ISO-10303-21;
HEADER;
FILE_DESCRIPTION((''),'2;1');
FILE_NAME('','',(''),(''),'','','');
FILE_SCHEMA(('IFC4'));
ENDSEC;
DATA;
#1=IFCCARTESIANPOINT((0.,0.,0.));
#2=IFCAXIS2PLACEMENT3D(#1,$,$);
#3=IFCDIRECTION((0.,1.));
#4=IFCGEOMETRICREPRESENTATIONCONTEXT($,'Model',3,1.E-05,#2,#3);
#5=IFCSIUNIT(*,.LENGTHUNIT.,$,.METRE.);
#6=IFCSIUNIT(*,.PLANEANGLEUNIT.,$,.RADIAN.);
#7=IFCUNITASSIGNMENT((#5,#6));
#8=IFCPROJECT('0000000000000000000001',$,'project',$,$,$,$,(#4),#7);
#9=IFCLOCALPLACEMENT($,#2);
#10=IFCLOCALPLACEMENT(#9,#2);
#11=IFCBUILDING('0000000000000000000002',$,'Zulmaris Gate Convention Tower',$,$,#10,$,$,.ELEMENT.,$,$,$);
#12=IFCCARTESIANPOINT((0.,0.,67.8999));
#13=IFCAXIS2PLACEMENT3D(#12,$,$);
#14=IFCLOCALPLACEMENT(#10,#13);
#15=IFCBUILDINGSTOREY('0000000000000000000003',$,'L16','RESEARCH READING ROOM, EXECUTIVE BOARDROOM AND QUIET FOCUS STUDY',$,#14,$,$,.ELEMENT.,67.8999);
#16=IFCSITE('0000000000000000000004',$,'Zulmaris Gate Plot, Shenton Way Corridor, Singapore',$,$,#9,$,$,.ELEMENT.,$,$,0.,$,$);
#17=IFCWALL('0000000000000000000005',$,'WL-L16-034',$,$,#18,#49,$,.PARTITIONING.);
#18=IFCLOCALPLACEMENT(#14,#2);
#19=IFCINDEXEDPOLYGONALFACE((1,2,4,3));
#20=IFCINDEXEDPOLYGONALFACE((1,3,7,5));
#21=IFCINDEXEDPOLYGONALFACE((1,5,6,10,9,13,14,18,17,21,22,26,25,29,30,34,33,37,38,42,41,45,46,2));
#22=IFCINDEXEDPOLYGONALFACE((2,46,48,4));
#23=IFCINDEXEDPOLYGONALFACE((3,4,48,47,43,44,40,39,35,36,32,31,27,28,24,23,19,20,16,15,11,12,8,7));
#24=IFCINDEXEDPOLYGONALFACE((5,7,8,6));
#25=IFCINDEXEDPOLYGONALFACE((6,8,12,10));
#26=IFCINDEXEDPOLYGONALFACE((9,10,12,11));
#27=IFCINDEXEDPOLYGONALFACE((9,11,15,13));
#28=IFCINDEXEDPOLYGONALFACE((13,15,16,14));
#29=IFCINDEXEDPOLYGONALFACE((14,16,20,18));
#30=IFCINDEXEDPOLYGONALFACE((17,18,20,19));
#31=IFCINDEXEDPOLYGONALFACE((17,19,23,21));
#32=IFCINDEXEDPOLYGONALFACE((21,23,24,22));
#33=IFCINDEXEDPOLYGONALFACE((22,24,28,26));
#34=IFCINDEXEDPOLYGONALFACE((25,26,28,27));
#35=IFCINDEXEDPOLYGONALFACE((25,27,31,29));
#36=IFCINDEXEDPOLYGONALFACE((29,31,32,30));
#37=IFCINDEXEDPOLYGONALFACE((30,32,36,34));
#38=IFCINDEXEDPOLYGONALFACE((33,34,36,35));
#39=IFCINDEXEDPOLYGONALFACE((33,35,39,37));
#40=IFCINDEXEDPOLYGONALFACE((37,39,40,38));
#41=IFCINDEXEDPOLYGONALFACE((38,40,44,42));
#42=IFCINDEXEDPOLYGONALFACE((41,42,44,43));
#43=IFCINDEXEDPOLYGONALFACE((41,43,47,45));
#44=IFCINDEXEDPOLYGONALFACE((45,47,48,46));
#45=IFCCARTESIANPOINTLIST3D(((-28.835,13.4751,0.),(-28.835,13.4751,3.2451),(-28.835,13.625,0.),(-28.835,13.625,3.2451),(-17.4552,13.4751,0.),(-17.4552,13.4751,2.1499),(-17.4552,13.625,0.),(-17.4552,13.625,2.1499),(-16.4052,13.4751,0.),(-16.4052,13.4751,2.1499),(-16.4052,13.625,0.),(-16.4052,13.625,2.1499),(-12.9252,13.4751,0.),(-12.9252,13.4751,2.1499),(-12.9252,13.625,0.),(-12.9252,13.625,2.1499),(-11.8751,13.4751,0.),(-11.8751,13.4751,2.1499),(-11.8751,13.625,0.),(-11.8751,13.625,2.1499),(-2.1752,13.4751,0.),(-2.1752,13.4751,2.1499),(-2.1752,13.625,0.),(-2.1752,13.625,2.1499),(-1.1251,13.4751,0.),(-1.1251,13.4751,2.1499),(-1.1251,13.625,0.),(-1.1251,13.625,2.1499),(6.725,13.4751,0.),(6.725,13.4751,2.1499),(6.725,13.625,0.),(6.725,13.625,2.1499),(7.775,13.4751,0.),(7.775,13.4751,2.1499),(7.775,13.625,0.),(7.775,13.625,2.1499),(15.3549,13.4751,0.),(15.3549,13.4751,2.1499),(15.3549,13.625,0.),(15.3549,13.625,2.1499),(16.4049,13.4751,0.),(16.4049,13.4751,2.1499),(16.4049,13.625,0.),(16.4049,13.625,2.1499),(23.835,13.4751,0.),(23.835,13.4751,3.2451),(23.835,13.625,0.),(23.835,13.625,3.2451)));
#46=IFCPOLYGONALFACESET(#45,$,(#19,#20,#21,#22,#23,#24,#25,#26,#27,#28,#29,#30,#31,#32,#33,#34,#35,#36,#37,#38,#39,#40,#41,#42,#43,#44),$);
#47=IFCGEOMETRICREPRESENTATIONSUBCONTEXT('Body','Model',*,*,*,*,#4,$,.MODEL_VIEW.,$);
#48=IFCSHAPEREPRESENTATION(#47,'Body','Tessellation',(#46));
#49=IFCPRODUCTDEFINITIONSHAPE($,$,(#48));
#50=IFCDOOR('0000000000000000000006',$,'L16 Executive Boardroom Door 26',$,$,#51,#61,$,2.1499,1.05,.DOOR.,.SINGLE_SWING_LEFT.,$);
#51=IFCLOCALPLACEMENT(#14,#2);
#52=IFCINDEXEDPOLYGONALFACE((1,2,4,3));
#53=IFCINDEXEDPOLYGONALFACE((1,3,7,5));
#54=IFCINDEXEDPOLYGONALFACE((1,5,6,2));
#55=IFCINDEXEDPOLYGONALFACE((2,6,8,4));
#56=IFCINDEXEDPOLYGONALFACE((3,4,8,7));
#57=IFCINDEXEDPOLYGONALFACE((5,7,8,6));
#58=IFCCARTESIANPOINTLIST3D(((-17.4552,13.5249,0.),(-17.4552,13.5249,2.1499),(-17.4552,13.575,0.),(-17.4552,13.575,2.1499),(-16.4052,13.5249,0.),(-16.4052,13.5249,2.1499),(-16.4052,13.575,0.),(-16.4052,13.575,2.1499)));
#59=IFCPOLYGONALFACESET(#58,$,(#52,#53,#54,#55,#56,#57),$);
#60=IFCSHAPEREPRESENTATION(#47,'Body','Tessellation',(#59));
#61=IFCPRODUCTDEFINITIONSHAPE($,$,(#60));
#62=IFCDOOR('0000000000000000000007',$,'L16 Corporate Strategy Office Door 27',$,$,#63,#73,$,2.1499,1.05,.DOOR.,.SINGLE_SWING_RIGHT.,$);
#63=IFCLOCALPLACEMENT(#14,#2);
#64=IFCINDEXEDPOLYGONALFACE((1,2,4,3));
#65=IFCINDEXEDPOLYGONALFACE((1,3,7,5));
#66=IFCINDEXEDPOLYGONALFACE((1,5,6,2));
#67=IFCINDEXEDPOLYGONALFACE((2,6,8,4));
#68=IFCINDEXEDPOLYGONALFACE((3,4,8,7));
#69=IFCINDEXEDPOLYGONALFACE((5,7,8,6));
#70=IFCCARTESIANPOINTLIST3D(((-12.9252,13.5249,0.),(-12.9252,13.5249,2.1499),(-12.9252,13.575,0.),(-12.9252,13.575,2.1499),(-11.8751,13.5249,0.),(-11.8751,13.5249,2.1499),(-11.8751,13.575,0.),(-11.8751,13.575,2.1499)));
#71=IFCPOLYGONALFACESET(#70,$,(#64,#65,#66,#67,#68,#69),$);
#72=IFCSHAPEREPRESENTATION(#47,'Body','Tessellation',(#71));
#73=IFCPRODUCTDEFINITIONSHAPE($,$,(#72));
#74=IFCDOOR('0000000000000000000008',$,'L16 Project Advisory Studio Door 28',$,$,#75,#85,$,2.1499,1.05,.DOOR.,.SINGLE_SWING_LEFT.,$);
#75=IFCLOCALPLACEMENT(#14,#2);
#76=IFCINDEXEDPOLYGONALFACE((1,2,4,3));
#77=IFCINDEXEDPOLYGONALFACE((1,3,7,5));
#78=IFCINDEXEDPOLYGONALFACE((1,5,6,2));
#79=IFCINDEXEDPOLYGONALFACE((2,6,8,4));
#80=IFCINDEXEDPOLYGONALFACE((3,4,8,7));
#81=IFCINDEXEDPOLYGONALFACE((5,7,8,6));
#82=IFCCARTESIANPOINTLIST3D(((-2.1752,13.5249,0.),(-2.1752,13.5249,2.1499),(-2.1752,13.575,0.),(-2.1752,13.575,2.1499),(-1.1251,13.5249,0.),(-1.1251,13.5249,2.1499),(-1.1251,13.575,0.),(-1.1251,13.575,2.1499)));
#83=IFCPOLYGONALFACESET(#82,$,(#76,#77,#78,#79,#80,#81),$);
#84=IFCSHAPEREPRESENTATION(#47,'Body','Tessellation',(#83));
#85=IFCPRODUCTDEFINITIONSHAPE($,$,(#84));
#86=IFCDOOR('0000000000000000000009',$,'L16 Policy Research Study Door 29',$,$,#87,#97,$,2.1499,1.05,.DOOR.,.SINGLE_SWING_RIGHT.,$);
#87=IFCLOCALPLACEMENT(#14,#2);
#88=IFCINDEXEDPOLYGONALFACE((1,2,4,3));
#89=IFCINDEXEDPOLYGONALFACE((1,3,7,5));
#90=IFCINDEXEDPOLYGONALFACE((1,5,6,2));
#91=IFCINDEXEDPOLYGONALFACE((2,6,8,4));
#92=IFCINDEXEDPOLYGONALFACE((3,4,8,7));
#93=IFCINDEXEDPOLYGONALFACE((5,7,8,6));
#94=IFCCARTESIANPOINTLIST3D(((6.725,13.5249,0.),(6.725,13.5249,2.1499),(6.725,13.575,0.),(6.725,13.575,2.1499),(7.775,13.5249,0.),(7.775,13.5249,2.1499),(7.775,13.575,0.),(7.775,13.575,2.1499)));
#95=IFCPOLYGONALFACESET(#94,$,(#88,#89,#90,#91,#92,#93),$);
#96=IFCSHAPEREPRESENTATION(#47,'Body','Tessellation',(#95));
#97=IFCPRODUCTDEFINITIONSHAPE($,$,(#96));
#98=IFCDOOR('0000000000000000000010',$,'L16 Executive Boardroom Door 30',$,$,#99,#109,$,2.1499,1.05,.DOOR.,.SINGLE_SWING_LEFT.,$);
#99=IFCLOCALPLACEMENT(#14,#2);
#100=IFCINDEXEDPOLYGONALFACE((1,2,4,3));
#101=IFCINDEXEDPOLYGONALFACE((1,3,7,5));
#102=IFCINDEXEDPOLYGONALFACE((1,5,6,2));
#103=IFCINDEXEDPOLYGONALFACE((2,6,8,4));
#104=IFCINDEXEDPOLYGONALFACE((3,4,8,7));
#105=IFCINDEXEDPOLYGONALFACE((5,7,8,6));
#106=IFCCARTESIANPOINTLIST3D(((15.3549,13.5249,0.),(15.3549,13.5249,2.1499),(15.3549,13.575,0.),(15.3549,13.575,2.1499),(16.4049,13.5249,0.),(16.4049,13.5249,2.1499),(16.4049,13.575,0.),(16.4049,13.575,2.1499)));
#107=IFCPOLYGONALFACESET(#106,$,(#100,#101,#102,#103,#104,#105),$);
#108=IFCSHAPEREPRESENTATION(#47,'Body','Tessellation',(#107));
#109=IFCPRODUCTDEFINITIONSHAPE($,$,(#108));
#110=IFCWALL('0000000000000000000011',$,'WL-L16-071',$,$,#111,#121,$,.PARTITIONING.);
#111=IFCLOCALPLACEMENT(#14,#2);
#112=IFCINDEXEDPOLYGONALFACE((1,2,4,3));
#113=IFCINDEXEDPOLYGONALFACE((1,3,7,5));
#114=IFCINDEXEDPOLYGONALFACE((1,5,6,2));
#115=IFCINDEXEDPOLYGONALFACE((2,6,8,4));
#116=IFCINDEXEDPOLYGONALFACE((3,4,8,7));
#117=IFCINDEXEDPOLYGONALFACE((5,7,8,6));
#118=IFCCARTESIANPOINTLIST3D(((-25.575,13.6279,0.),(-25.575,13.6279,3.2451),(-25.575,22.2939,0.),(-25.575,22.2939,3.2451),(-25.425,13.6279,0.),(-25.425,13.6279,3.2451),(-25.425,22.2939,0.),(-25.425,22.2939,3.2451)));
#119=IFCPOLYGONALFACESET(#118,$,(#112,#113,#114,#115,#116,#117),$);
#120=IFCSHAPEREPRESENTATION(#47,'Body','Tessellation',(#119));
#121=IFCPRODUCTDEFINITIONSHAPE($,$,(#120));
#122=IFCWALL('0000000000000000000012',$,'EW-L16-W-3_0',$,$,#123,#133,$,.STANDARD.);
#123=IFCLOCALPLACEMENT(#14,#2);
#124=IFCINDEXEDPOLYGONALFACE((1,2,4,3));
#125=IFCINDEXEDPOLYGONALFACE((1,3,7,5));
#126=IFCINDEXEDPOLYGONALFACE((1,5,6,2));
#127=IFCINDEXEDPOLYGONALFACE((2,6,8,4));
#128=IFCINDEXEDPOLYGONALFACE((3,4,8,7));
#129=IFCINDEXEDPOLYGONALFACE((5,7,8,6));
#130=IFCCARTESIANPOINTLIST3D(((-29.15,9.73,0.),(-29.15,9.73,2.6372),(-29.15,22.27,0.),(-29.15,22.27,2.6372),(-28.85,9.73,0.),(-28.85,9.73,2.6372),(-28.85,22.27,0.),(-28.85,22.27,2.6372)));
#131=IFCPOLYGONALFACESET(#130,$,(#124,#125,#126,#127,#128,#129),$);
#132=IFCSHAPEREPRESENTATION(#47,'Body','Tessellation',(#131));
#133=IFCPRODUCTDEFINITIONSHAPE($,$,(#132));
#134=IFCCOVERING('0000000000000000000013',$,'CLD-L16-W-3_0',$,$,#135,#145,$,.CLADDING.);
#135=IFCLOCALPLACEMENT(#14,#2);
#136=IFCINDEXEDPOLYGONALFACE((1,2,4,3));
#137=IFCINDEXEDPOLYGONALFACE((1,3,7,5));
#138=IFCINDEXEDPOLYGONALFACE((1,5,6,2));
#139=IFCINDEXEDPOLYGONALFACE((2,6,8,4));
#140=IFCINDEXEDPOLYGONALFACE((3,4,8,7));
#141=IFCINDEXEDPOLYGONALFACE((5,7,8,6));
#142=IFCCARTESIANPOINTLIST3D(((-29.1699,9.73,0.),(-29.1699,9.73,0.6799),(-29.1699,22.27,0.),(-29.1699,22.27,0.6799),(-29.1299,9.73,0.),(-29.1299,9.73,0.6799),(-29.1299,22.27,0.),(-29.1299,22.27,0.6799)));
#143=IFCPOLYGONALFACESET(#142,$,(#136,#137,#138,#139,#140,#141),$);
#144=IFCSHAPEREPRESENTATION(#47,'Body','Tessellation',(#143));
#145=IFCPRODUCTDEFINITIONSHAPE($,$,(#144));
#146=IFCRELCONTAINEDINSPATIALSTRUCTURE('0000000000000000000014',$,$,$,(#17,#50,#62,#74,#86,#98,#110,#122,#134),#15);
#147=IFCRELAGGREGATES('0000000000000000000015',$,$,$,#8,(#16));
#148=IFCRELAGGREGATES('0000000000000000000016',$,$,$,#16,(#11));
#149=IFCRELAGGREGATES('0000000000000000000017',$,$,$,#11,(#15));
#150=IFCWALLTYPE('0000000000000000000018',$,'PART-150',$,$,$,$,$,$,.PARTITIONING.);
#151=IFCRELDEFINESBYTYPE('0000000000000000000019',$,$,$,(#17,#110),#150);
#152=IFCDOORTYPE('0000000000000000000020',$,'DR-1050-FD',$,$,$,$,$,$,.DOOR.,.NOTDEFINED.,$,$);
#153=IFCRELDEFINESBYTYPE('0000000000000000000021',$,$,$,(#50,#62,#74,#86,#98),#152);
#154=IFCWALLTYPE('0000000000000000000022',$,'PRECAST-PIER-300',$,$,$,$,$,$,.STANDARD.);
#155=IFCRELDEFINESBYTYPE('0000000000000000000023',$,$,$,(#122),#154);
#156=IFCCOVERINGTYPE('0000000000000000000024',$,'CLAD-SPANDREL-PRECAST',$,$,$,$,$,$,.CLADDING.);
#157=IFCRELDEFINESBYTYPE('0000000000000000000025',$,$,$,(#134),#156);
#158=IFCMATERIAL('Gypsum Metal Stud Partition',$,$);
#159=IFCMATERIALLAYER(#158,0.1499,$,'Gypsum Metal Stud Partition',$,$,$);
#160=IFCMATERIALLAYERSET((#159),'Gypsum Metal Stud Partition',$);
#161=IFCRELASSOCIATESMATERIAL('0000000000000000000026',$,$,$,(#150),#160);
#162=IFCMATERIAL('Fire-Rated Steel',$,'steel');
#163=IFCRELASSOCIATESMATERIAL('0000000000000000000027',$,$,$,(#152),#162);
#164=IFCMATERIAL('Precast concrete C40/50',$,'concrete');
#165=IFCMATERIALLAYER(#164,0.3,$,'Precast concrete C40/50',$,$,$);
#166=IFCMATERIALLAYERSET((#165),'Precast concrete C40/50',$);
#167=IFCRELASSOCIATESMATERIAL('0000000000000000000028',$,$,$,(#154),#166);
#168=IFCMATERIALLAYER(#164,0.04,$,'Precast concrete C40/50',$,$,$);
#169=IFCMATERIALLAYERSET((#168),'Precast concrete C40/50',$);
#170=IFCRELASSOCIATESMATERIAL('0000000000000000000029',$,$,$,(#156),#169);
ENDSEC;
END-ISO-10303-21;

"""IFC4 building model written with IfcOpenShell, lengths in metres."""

from ifc_helpers import new_model, si_unit, direction, frame, frame_2d, origin, place, context, subcontext, project, spatial, rectangle, extrude, material, layer, layer_set, type_object, element, fill, save


model = new_model("IFC4")

# Units and contexts
model_context = context("Model", 3, precision=1e-05, world=origin(), true_north=direction((0.0, 1.0)))
body_context = subcontext(model_context, "Body", "Model", "MODEL_VIEW")
ifc_project = project(units=[si_unit("LENGTHUNIT", "METRE"), si_unit("PLANEANGLEUNIT", "RADIAN")], contexts=[model_context])

# Site, building, storey
site_placement = place(None, origin())
site = spatial("IfcSite", under=ifc_project, at=site_placement, Name="Zulmaris Gate Plot, Shenton Way Corridor, Singapore", CompositionType="ELEMENT", RefElevation=0.0)
building_placement = place(site_placement, origin())
building = spatial("IfcBuilding", under=site, at=building_placement, Name="Zulmaris Gate Convention Tower", CompositionType="ELEMENT")
storey_placement = place(building_placement, frame((0.0, 0.0, 67.8999)))
storey = spatial("IfcBuildingStorey", under=building, at=storey_placement, Name="L16", Description="RESEARCH READING ROOM, EXECUTIVE BOARDROOM AND QUIET FOCUS STUDY", CompositionType="ELEMENT", Elevation=67.8999)

# Shared definitions
ifc_material_1 = material(Name="Fire-Rated Steel", Category="steel")
ifc_material_2 = material(Name="Gypsum Metal Stud Partition")
ifc_layer_1 = layer(ifc_material_2, 0.1499, Name="Gypsum Metal Stud Partition")
ifc_layer_set_1 = layer_set([ifc_layer_1], Name="Gypsum Metal Stud Partition")
wall_type_1 = type_object("IfcWallType", Name="PART-150", PredefinedType="PARTITIONING", material=ifc_layer_set_1)

# Wall, openings, doors
wall_1_placement = place(storey_placement, frame((-28.835, 13.55, 0.0), z_axis=(0.0, 0.0, 1.0), x_axis=(1.0, 0.0, 0.0)))
wall_1 = element("IfcWall", 1, at=wall_1_placement, inside=storey, type_object=wall_type_1, Name="WL-L16-034", PredefinedType="PARTITIONING", context=body_context, shape_type="SweptSolid", body=[
    extrude(rectangle(XDim=52.6699, YDim=0.1499, at=frame_2d((26.335, 0.0))), origin(), (0.0, 0.0, 1.0), 3.2451),
])
opening_1_placement = place(wall_1_placement, frame((11.3799, 0.0, 0.0)))
opening_1 = element("IfcOpeningElement", 2, at=opening_1_placement, cuts=wall_1, PredefinedType="OPENING", context=body_context, shape_type="SweptSolid", body=[
    extrude(rectangle(XDim=1.05, YDim=2.1499, at=frame_2d((0.5249, 1.075))), frame((0.0, 0.085, 0.0), z_axis=(0.0, -1.0, 0.0), x_axis=(1.0, 0.0, 0.0)), (0.0, 0.0, 1.0), 0.1699),
])
opening_2_placement = place(wall_1_placement, frame((15.9099, 0.0, 0.0)))
opening_2 = element("IfcOpeningElement", 3, at=opening_2_placement, cuts=wall_1, PredefinedType="OPENING", context=body_context, shape_type="SweptSolid", body=[
    extrude(rectangle(XDim=1.05, YDim=2.1499, at=frame_2d((0.5249, 1.075))), frame((0.0, 0.085, 0.0), z_axis=(0.0, -1.0, 0.0), x_axis=(1.0, 0.0, 0.0)), (0.0, 0.0, 1.0), 0.1699),
])
opening_3_placement = place(wall_1_placement, frame((26.6599, 0.0, 0.0)))
opening_3 = element("IfcOpeningElement", 4, at=opening_3_placement, cuts=wall_1, PredefinedType="OPENING", context=body_context, shape_type="SweptSolid", body=[
    extrude(rectangle(XDim=1.05, YDim=2.1499, at=frame_2d((0.5249, 1.075))), frame((0.0, 0.085, 0.0), z_axis=(0.0, -1.0, 0.0), x_axis=(1.0, 0.0, 0.0)), (0.0, 0.0, 1.0), 0.1699),
])
opening_4_placement = place(wall_1_placement, frame((35.5601, 0.0, 0.0)))
opening_4 = element("IfcOpeningElement", 5, at=opening_4_placement, cuts=wall_1, PredefinedType="OPENING", context=body_context, shape_type="SweptSolid", body=[
    extrude(rectangle(XDim=1.05, YDim=2.1499, at=frame_2d((0.5249, 1.075))), frame((0.0, 0.085, 0.0), z_axis=(0.0, -1.0, 0.0), x_axis=(1.0, 0.0, 0.0)), (0.0, 0.0, 1.0), 0.1699),
])
opening_5_placement = place(wall_1_placement, frame((44.1899, 0.0, 0.0)))
opening_5 = element("IfcOpeningElement", 6, at=opening_5_placement, cuts=wall_1, PredefinedType="OPENING", context=body_context, shape_type="SweptSolid", body=[
    extrude(rectangle(XDim=1.05, YDim=2.1499, at=frame_2d((0.5249, 1.075))), frame((0.0, 0.085, 0.0), z_axis=(0.0, -1.0, 0.0), x_axis=(1.0, 0.0, 0.0)), (0.0, 0.0, 1.0), 0.1699),
])
door_type_1 = type_object("IfcDoorType", Name="DR-1050-FD", OperationType="NOTDEFINED", PredefinedType="DOOR", material=ifc_material_1)
door_1_placement = place(opening_1_placement, origin())
door_1 = element("IfcDoor", 7, at=door_1_placement, inside=storey, type_object=door_type_1, Name="L16 Executive Boardroom Door 26", OperationType="SINGLE_SWING_LEFT", OverallHeight=2.1499, OverallWidth=1.05, PredefinedType="DOOR", context=body_context, shape_type="SweptSolid", body=[
    extrude(rectangle(XDim=1.05, YDim=2.1499, at=frame_2d((0.5249, 1.075))), frame((0.0, 0.0249, 0.0), z_axis=(0.0, -1.0, 0.0), x_axis=(1.0, 0.0, 0.0)), (0.0, 0.0, 1.0), 0.05),
])
fill(opening_1, door_1)
door_2_placement = place(opening_2_placement, origin())
door_2 = element("IfcDoor", 8, at=door_2_placement, inside=storey, type_object=door_type_1, Name="L16 Corporate Strategy Office Door 27", OperationType="SINGLE_SWING_RIGHT", OverallHeight=2.1499, OverallWidth=1.05, PredefinedType="DOOR", context=body_context, shape_type="SweptSolid", body=[
    extrude(rectangle(XDim=1.05, YDim=2.1499, at=frame_2d((0.5249, 1.075))), frame((0.0, 0.0249, 0.0), z_axis=(0.0, -1.0, 0.0), x_axis=(1.0, 0.0, 0.0)), (0.0, 0.0, 1.0), 0.05),
])
fill(opening_2, door_2)
door_3_placement = place(opening_3_placement, origin())
door_3 = element("IfcDoor", 9, at=door_3_placement, inside=storey, type_object=door_type_1, Name="L16 Project Advisory Studio Door 28", OperationType="SINGLE_SWING_LEFT", OverallHeight=2.1499, OverallWidth=1.05, PredefinedType="DOOR", context=body_context, shape_type="SweptSolid", body=[
    extrude(rectangle(XDim=1.05, YDim=2.1499, at=frame_2d((0.5249, 1.075))), frame((0.0, 0.0249, 0.0), z_axis=(0.0, -1.0, 0.0), x_axis=(1.0, 0.0, 0.0)), (0.0, 0.0, 1.0), 0.05),
])
fill(opening_3, door_3)
door_4_placement = place(opening_4_placement, origin())
door_4 = element("IfcDoor", 10, at=door_4_placement, inside=storey, type_object=door_type_1, Name="L16 Policy Research Study Door 29", OperationType="SINGLE_SWING_RIGHT", OverallHeight=2.1499, OverallWidth=1.05, PredefinedType="DOOR", context=body_context, shape_type="SweptSolid", body=[
    extrude(rectangle(XDim=1.05, YDim=2.1499, at=frame_2d((0.5249, 1.075))), frame((0.0, 0.0249, 0.0), z_axis=(0.0, -1.0, 0.0), x_axis=(1.0, 0.0, 0.0)), (0.0, 0.0, 1.0), 0.05),
])
fill(opening_4, door_4)
door_5_placement = place(opening_5_placement, origin())
door_5 = element("IfcDoor", 11, at=door_5_placement, inside=storey, type_object=door_type_1, Name="L16 Executive Boardroom Door 30", OperationType="SINGLE_SWING_LEFT", OverallHeight=2.1499, OverallWidth=1.05, PredefinedType="DOOR", context=body_context, shape_type="SweptSolid", body=[
    extrude(rectangle(XDim=1.05, YDim=2.1499, at=frame_2d((0.5249, 1.075))), frame((0.0, 0.0249, 0.0), z_axis=(0.0, -1.0, 0.0), x_axis=(1.0, 0.0, 0.0)), (0.0, 0.0, 1.0), 0.05),
])
fill(opening_5, door_5)

# Wall
wall_2_placement = place(storey_placement, frame((-25.5, 13.6279, 0.0), z_axis=(0.0, 0.0, 1.0), x_axis=(0.0, 1.0, 0.0)))
element("IfcWall", 12, at=wall_2_placement, inside=storey, type_object=wall_type_1, Name="WL-L16-071", PredefinedType="PARTITIONING", context=body_context, shape_type="SweptSolid", body=[
    extrude(rectangle(XDim=8.666, YDim=0.1499, at=frame_2d((4.333, 0.0))), origin(), (0.0, 0.0, 1.0), 3.2451),
])

# Wall
ifc_material_3 = material(Name="Precast concrete C40/50", Category="concrete")
ifc_layer_2 = layer(ifc_material_3, 0.3, Name="Precast concrete C40/50")
ifc_layer_set_2 = layer_set([ifc_layer_2], Name="Precast concrete C40/50")
wall_type_2 = type_object("IfcWallType", Name="PRECAST-PIER-300", PredefinedType="STANDARD", material=ifc_layer_set_2)
wall_3_placement = place(storey_placement, frame((-29.0, 22.27, 0.0), z_axis=(0.0, 0.0, 1.0), x_axis=(0.0, -1.0, 0.0)))
element("IfcWall", 13, at=wall_3_placement, inside=storey, type_object=wall_type_2, Name="EW-L16-W-3_0", PredefinedType="STANDARD", context=body_context, shape_type="SweptSolid", body=[
    extrude(rectangle(XDim=12.54, YDim=0.3, at=frame_2d((6.27, 0.0))), origin(), (0.0, 0.0, 1.0), 2.6372),
])

# Covering
ifc_layer_3 = layer(ifc_material_3, 0.04, Name="Precast concrete C40/50")
ifc_layer_set_3 = layer_set([ifc_layer_3], Name="Precast concrete C40/50")
covering_type = type_object("IfcCoveringType", Name="CLAD-SPANDREL-PRECAST", PredefinedType="CLADDING", material=ifc_layer_set_3)
covering_placement = place(storey_placement, frame((-29.1499, 22.27, 0.0), z_axis=(0.0, 0.0, 1.0), x_axis=(0.0, -1.0, 0.0)))
element("IfcCovering", 14, at=covering_placement, inside=storey, type_object=covering_type, Name="CLD-L16-W-3_0", PredefinedType="CLADDING", context=body_context, shape_type="SweptSolid", body=[
    extrude(rectangle(XDim=12.54, YDim=0.04, at=frame_2d((6.27, 0.0))), origin(), (0.0, 0.0, 1.0), 0.6799),
])

save(model, "model.ifc")
